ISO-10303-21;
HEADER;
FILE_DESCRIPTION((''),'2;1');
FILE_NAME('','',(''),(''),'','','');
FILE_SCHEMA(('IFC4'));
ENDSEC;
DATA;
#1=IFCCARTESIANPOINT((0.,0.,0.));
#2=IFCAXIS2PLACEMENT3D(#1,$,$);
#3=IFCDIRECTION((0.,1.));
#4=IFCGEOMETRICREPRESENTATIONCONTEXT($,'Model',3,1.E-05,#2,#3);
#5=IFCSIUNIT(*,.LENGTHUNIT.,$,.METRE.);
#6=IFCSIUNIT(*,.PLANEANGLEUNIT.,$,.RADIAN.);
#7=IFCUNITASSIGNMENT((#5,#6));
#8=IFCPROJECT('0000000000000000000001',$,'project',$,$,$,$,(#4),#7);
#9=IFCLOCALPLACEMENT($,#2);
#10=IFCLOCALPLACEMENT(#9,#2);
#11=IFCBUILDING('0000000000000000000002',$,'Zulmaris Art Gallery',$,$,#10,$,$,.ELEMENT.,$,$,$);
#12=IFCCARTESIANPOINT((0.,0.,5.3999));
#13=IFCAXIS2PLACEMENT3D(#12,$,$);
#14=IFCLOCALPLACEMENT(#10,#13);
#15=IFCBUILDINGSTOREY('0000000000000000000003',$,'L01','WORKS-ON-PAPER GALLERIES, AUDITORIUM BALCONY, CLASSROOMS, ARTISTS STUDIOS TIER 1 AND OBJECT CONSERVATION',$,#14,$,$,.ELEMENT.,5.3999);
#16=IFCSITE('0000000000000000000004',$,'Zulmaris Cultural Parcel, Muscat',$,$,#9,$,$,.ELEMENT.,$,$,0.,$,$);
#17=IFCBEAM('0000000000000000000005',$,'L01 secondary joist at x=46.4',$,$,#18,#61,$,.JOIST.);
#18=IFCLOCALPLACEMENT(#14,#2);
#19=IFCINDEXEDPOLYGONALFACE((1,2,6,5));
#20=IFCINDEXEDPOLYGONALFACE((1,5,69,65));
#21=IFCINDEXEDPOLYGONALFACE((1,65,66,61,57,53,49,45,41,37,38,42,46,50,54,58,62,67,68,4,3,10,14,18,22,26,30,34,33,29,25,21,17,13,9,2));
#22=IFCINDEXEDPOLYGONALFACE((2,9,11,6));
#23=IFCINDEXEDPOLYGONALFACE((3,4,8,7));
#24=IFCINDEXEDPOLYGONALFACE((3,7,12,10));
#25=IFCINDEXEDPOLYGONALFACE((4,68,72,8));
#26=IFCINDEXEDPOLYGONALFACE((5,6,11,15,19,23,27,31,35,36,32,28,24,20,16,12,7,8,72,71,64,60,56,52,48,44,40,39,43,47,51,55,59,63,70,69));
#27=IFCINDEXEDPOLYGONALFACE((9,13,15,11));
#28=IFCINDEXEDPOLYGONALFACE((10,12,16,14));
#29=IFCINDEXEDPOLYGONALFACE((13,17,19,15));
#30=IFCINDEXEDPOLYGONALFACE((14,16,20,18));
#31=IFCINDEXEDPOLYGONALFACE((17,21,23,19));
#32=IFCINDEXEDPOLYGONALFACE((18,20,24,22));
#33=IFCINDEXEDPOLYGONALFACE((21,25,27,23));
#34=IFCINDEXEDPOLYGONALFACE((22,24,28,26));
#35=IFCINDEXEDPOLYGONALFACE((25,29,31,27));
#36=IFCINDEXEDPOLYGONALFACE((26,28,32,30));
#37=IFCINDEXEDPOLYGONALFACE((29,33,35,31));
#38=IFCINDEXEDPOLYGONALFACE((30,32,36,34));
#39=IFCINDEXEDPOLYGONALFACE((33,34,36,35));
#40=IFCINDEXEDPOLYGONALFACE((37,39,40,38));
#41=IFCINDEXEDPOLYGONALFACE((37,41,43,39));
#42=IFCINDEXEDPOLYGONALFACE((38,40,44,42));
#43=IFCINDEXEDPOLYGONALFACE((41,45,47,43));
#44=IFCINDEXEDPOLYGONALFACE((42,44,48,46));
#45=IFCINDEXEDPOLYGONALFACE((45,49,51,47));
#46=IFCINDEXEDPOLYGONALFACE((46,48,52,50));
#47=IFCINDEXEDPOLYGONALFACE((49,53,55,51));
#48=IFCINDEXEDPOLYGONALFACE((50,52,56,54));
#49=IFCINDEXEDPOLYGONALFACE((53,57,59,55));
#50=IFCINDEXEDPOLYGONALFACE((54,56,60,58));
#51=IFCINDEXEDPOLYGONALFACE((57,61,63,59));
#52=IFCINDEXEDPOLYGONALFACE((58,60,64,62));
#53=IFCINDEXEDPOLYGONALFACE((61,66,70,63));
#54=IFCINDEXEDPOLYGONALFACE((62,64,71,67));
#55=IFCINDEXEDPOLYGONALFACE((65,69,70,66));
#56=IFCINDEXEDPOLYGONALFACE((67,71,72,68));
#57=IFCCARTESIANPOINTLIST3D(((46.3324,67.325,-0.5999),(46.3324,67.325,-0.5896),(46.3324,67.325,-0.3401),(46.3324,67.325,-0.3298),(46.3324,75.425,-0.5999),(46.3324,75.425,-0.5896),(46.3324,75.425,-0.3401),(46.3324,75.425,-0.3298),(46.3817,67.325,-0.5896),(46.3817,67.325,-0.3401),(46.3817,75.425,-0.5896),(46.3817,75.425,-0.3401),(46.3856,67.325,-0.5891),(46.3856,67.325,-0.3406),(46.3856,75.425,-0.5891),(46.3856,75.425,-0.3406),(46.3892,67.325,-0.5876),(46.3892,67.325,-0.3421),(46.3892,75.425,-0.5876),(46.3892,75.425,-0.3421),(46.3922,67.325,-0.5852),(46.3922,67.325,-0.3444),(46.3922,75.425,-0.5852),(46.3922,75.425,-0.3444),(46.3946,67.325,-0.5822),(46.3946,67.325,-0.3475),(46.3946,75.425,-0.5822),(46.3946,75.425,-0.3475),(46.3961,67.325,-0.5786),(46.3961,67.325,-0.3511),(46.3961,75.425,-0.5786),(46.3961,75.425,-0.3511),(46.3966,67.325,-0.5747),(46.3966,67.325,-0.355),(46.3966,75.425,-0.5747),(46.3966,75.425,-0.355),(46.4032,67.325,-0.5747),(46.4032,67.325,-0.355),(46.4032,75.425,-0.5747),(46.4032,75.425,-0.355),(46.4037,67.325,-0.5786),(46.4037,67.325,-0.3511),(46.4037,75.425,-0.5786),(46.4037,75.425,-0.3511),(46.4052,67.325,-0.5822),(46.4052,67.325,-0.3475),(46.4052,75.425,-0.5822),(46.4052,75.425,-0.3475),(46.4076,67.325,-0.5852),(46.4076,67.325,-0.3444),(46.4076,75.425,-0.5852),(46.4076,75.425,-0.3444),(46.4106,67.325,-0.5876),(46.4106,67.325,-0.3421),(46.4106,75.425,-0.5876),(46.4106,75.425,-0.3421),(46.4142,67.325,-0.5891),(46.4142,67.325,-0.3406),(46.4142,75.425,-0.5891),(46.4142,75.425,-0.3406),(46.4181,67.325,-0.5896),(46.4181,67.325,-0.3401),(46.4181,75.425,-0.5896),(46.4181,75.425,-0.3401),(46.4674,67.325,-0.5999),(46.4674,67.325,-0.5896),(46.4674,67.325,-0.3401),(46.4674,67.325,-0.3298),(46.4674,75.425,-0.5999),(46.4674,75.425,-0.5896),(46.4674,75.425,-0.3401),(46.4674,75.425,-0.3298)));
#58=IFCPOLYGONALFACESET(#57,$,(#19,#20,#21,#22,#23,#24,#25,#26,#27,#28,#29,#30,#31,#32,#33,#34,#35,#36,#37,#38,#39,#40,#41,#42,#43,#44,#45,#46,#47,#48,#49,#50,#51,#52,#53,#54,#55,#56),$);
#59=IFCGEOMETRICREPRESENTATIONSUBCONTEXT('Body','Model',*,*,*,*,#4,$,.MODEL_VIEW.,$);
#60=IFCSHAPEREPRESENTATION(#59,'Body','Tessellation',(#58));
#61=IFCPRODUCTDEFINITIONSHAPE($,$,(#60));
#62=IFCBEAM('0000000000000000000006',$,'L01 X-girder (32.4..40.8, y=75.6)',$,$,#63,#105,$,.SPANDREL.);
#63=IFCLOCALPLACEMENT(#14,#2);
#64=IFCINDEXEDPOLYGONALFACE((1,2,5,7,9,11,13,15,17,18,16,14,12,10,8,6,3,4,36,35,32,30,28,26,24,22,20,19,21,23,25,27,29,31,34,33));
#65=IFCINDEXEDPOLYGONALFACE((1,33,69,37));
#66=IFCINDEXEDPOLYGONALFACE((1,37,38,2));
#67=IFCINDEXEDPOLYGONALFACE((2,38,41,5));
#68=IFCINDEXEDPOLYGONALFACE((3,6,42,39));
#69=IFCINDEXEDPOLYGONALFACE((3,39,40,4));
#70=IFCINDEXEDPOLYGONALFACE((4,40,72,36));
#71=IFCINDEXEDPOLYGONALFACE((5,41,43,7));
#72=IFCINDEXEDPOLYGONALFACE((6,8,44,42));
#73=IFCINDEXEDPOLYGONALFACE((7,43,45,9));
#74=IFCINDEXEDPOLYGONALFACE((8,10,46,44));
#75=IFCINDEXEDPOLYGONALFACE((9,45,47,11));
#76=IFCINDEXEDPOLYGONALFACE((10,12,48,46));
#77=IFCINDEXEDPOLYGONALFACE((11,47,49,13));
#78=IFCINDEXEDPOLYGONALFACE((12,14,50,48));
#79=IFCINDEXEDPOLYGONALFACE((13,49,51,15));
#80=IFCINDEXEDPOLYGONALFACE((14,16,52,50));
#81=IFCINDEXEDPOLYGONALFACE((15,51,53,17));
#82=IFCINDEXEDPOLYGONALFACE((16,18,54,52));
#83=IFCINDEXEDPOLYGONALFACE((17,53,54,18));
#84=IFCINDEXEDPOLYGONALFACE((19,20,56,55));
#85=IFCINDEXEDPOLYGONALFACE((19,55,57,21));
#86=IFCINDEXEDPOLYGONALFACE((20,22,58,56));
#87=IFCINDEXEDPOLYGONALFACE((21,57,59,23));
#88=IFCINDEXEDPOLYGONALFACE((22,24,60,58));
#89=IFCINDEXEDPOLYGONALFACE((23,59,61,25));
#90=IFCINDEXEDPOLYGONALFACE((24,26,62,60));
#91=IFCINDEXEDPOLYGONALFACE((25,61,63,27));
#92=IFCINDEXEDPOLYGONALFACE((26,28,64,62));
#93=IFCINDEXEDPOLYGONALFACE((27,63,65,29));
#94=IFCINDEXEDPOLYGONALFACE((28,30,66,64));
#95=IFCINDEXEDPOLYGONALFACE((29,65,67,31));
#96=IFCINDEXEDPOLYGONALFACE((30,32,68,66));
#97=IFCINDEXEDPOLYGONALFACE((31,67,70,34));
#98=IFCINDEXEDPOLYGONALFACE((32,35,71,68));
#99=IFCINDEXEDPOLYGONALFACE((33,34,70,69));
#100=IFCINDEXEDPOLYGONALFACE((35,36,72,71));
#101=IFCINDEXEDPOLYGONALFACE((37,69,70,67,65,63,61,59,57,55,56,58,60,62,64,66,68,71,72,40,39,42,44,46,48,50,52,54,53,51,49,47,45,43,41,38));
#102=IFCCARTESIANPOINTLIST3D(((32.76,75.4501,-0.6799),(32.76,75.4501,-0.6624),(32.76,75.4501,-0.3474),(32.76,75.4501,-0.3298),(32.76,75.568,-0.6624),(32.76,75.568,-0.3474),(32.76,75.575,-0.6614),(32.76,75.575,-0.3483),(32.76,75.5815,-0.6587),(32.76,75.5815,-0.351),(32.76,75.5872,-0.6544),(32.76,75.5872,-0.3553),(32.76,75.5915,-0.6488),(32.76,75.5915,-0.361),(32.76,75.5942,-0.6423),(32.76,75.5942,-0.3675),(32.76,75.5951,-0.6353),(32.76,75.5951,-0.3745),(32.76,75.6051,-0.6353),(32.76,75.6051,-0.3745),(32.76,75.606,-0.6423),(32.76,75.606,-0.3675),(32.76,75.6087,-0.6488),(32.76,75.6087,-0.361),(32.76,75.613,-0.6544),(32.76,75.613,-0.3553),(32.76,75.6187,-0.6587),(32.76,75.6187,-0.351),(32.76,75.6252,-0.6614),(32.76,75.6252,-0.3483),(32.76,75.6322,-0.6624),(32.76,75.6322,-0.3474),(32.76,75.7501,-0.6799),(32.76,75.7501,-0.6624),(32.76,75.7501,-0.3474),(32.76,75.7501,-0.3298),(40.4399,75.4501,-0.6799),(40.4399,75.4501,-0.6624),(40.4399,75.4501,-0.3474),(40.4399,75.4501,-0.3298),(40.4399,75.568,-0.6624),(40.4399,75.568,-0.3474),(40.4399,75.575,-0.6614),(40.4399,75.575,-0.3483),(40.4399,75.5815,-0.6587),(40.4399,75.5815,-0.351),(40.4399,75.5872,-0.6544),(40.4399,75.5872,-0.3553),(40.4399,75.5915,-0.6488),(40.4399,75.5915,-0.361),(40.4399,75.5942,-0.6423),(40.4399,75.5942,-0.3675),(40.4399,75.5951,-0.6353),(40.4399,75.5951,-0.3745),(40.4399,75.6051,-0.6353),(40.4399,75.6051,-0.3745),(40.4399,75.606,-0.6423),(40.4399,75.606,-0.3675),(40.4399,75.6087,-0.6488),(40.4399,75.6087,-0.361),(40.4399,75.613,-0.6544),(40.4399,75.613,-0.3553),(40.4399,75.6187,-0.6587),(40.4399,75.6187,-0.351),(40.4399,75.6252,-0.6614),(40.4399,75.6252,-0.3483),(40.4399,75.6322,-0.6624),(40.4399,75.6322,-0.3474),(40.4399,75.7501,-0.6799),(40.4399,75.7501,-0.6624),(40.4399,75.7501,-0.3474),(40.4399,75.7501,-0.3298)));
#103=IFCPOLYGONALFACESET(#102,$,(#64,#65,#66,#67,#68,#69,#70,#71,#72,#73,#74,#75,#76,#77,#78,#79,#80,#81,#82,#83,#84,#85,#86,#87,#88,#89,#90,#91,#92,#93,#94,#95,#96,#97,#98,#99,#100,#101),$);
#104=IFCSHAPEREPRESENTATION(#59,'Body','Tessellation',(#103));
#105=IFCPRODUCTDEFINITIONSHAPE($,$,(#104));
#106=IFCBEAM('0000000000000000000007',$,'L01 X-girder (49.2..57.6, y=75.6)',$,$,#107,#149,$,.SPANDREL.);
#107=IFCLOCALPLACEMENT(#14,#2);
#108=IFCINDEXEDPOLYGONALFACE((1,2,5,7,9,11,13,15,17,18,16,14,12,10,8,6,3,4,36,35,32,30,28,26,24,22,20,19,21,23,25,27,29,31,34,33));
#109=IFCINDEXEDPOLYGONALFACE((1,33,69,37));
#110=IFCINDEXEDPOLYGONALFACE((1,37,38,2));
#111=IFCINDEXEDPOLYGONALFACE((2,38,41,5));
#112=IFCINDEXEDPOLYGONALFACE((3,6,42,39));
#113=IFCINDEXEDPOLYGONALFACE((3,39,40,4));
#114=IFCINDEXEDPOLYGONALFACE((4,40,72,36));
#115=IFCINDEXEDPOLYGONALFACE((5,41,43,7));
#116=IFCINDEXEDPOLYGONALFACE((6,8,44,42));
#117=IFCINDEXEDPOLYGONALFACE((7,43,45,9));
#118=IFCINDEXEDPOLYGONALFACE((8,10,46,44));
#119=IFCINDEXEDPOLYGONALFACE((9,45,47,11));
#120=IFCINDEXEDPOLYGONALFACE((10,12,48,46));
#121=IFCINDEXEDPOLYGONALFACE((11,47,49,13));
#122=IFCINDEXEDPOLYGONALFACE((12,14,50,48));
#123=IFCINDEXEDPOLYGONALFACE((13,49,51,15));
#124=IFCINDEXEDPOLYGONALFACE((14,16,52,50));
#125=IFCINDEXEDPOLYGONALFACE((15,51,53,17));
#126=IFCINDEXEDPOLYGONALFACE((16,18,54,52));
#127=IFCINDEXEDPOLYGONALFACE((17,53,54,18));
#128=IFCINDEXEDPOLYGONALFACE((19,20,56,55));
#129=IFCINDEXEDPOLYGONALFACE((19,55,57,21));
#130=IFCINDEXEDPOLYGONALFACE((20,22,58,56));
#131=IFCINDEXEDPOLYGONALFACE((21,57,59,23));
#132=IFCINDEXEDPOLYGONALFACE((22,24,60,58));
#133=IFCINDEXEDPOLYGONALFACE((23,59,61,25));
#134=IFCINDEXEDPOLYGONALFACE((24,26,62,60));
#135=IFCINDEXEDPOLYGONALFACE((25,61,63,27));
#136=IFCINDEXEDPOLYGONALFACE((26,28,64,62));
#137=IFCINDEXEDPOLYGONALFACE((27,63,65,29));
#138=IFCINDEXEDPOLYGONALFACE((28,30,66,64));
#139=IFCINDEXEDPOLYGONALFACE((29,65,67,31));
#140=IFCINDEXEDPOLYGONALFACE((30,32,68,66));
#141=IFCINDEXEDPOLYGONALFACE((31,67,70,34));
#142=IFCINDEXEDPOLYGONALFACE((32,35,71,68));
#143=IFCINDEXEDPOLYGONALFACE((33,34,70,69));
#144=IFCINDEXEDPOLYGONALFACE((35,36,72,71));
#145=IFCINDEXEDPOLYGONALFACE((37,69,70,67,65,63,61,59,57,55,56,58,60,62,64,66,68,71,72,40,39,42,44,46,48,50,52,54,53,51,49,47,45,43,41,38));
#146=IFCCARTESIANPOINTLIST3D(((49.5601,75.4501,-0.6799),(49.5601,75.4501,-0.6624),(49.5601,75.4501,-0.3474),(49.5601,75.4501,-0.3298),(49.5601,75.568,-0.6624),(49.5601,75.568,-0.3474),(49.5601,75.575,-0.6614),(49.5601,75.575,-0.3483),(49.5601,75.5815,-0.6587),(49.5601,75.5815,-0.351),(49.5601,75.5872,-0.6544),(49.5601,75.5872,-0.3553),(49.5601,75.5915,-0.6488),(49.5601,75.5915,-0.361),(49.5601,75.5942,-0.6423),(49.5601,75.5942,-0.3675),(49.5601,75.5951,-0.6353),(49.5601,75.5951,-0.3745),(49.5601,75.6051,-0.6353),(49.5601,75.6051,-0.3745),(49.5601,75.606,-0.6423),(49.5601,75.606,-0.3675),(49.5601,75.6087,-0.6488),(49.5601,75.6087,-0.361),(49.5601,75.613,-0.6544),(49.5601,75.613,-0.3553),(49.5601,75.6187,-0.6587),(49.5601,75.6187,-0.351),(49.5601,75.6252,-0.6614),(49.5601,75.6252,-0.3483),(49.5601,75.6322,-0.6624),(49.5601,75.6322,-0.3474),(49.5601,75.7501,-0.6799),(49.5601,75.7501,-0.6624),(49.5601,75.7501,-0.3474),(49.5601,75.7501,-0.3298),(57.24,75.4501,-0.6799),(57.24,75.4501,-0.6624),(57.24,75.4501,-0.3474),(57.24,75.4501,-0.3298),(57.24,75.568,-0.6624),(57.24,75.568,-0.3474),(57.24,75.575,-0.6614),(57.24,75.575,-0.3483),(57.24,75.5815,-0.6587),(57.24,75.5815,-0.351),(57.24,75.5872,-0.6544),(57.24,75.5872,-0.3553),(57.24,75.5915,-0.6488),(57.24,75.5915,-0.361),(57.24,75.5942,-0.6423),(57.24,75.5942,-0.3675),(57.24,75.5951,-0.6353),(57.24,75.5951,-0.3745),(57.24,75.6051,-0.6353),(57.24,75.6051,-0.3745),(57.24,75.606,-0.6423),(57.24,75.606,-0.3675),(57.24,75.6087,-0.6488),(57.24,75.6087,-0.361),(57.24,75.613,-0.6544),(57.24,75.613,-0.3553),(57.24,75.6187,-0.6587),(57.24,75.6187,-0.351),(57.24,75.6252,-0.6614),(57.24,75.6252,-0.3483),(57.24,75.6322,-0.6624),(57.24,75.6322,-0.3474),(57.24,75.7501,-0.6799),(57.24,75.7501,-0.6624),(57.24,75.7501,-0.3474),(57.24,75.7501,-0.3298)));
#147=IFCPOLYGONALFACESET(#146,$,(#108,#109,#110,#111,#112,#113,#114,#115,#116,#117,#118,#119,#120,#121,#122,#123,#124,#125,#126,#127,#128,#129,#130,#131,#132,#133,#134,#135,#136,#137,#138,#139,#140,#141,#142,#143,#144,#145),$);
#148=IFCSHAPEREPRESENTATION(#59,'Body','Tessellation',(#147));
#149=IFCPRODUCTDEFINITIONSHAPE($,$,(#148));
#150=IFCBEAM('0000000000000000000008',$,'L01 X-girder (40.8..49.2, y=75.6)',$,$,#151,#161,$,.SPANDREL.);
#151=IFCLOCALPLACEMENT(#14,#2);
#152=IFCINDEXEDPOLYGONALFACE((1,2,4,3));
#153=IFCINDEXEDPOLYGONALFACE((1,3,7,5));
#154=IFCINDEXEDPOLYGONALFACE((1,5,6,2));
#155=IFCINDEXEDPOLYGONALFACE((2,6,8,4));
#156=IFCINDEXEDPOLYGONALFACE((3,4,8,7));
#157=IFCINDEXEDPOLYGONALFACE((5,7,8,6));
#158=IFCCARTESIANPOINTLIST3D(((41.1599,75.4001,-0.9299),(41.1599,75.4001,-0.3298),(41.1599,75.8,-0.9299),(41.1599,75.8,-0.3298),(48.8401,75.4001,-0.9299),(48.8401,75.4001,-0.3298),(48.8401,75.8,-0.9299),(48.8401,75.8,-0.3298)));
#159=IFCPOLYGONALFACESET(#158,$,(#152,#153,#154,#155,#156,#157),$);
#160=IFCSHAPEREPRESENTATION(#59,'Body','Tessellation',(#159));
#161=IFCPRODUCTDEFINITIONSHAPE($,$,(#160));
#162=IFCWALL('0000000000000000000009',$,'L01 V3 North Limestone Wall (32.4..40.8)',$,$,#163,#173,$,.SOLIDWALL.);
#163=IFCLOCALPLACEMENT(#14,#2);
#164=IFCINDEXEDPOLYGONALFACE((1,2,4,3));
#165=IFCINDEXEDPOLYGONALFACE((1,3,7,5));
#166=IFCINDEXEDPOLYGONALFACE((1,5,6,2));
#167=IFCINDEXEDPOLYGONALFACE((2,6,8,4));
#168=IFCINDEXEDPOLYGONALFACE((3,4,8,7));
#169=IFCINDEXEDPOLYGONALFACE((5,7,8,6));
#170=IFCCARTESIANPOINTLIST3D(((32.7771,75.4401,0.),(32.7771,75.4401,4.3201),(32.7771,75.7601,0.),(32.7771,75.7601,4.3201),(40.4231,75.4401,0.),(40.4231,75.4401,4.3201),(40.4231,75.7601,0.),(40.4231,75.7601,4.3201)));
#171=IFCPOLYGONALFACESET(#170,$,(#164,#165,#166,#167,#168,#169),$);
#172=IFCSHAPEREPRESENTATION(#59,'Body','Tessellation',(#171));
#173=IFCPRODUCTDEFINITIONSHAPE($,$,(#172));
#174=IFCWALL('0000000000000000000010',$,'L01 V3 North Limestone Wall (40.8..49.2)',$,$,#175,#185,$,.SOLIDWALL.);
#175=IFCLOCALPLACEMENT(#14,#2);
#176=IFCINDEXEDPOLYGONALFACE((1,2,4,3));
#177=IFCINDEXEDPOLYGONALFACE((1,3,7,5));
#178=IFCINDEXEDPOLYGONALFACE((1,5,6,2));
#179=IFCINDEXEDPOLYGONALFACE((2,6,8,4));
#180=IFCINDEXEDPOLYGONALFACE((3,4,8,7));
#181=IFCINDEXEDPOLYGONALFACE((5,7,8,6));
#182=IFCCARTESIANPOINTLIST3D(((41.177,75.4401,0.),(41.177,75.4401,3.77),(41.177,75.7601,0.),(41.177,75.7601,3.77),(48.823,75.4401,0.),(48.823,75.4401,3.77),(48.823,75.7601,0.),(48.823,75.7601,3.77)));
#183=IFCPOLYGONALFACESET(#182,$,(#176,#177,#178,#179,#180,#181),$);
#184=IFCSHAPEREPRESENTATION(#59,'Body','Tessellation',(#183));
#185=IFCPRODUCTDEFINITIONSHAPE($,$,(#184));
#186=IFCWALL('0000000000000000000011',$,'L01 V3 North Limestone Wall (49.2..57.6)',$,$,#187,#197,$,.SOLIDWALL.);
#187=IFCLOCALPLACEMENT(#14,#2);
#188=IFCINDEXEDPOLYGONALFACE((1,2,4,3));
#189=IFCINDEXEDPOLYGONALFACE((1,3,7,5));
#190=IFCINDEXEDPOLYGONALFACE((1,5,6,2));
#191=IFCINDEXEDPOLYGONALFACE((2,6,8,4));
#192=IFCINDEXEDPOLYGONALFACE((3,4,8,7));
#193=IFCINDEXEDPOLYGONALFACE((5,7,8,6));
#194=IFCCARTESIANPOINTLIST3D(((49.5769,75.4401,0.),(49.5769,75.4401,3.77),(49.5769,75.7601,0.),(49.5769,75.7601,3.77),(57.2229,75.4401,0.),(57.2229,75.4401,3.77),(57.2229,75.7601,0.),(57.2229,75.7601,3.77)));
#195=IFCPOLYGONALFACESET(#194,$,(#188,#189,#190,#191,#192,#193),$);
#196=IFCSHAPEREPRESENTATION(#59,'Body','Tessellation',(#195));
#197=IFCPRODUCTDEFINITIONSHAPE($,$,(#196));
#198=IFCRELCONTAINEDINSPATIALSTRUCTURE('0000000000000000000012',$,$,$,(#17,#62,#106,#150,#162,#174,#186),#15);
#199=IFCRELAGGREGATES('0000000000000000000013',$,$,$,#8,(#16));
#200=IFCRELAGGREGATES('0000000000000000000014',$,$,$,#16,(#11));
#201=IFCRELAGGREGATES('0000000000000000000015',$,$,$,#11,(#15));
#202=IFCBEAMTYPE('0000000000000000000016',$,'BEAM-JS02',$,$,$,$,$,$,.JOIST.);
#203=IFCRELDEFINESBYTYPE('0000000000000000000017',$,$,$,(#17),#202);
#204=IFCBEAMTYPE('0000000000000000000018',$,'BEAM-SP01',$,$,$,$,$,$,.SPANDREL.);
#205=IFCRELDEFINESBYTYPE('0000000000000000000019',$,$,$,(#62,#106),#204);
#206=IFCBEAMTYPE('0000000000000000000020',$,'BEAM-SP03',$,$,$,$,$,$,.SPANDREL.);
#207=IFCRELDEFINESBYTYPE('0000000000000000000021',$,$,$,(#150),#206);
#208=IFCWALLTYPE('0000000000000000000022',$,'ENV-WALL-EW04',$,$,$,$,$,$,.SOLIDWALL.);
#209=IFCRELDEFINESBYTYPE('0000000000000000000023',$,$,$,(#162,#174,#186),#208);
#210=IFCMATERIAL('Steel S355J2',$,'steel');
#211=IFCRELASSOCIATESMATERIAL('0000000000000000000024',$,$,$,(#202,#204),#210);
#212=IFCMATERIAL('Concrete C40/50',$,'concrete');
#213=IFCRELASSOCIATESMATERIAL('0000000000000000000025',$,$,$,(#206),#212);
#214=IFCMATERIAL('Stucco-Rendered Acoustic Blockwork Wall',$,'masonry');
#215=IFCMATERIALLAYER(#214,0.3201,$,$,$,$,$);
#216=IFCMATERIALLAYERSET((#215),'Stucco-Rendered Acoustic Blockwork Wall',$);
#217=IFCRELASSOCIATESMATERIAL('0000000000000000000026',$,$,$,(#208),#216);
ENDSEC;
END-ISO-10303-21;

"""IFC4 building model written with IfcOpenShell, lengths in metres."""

from ifc_helpers import new_model, si_unit, direction, frame, frame_2d, origin, origin_2d, place, context, subcontext, project, spatial, rectangle, i_section, extrude, material, layer, layer_set, material_profile, profile_set, type_object, element, save


model = new_model("IFC4")

# Units and contexts
model_context = context("Model", 3, precision=1e-05, world=origin(), true_north=direction((0.0, 1.0)))
body_context = subcontext(model_context, "Body", "Model", "MODEL_VIEW")
ifc_project = project(units=[si_unit("LENGTHUNIT", "METRE"), si_unit("PLANEANGLEUNIT", "RADIAN")], contexts=[model_context])

# Site, building, storey
site_placement = place(None, origin())
site = spatial("IfcSite", under=ifc_project, at=site_placement, Name="Zulmaris Cultural Parcel, Muscat", CompositionType="ELEMENT", RefElevation=0.0)
building_placement = place(site_placement, origin())
building = spatial("IfcBuilding", under=site, at=building_placement, Name="Zulmaris Art Gallery", CompositionType="ELEMENT")
storey_placement = place(building_placement, frame((0.0, 0.0, 5.3999)))
storey = spatial("IfcBuildingStorey", under=building, at=storey_placement, Name="L01", Description="WORKS-ON-PAPER GALLERIES, AUDITORIUM BALCONY, CLASSROOMS, ARTISTS STUDIOS TIER 1 AND OBJECT CONSERVATION", CompositionType="ELEMENT", Elevation=5.3999)

# Shared definitions
ifc_material_1 = material(Name="Concrete C40/50", Category="concrete")

# Beams
ifc_material_2 = material(Name="Steel S355J2", Category="steel")
ifc_material_profile_1 = material_profile(ifc_material_2, i_section(OverallWidth=0.135, OverallDepth=0.27, WebThickness=0.0066, FlangeThickness=0.0103, FilletRadius=0.0149, at=origin_2d()), Name="IPE 270")
ifc_profile_set_1 = profile_set([ifc_material_profile_1], Name="Steel S355J2")
beam_type_1 = type_object("IfcBeamType", Name="BEAM-JS02", PredefinedType="JOIST", material=ifc_profile_set_1)
beam_1_placement = place(storey_placement, frame((46.3999, 67.325, -0.4648), z_axis=(0.0, 1.0, 0.0), x_axis=(-1.0, 0.0, 0.0)))
element("IfcBeam", 1, at=beam_1_placement, inside=storey, type_object=beam_type_1, Name="L01 secondary joist at x=46.4", PredefinedType="JOIST", context=body_context, shape_type="SweptSolid", body=[
    extrude(i_section(OverallWidth=0.135, OverallDepth=0.27, WebThickness=0.0066, FlangeThickness=0.0103, FilletRadius=0.0149, at=origin_2d()), origin(), (0.0, 0.0, 1.0), 8.1001),
])
ifc_material_profile_2 = material_profile(ifc_material_2, i_section(OverallWidth=0.3, OverallDepth=0.3501, WebThickness=0.01, FlangeThickness=0.0176, FilletRadius=0.0271, at=origin_2d()), Name="HEA 360")
ifc_profile_set_2 = profile_set([ifc_material_profile_2], Name="Steel S355J2")
beam_type_2 = type_object("IfcBeamType", Name="BEAM-SP01", PredefinedType="SPANDREL", material=ifc_profile_set_2)
for number, where, z_axis, x_axis, name in (
    (2, (32.76, 75.6001, -0.5049), (1.0, 0.0, 0.0), (0.0, 1.0, 0.0), "L01 X-girder (32.4..40.8, y=75.6)"),
    (3, (49.5601, 75.6001, -0.5049), (1.0, 0.0, 0.0), (0.0, 1.0, 0.0), "L01 X-girder (49.2..57.6, y=75.6)"),
):
    element("IfcBeam", number, at=place(storey_placement, frame(where, z_axis=z_axis, x_axis=x_axis)), inside=storey, type_object=beam_type_2, Name=name, PredefinedType="SPANDREL", context=body_context, shape_type="SweptSolid", body=[
        extrude(i_section(OverallWidth=0.3, OverallDepth=0.3501, WebThickness=0.01, FlangeThickness=0.0176, FilletRadius=0.0271, at=origin_2d()), origin(), (0.0, 0.0, 1.0), 7.6799),
    ])
ifc_material_profile_3 = material_profile(ifc_material_1, rectangle(XDim=0.3999, YDim=0.6001, at=origin_2d()), Name="RC 400x600")
ifc_profile_set_3 = profile_set([ifc_material_profile_3], Name="Concrete C40/50")
beam_type_3 = type_object("IfcBeamType", Name="BEAM-SP03", PredefinedType="SPANDREL", material=ifc_profile_set_3)
beam_2_placement = place(storey_placement, frame((41.1599, 75.6001, -0.6299), z_axis=(1.0, 0.0, 0.0), x_axis=(0.0, 1.0, 0.0)))
element("IfcBeam", 4, at=beam_2_placement, inside=storey, type_object=beam_type_3, Name="L01 X-girder (40.8..49.2, y=75.6)", PredefinedType="SPANDREL", context=body_context, shape_type="SweptSolid", body=[
    extrude(rectangle(XDim=0.3999, YDim=0.6001, at=origin_2d()), origin(), (0.0, 0.0, 1.0), 7.6802),
])

# Walls
ifc_material_3 = material(Name="Stucco-Rendered Acoustic Blockwork Wall", Category="masonry")
ifc_layer_1 = layer(ifc_material_3, 0.3201)
ifc_layer_set_1 = layer_set([ifc_layer_1], Name="Stucco-Rendered Acoustic Blockwork Wall")
wall_type_1 = type_object("IfcWallType", Name="ENV-WALL-EW04", PredefinedType="SOLIDWALL", material=ifc_layer_set_1)
wall_1_placement = place(storey_placement, frame((32.7771, 75.6001, 0.0), z_axis=(0.0, 0.0, 1.0), x_axis=(1.0, 0.0, 0.0)))
element("IfcWall", 5, at=wall_1_placement, inside=storey, type_object=wall_type_1, Name="L01 V3 North Limestone Wall (32.4..40.8)", PredefinedType="SOLIDWALL", context=body_context, shape_type="SweptSolid", body=[
    extrude(rectangle(XDim=7.646, YDim=0.3201, at=frame_2d((3.823, 0.0))), origin(), (0.0, 0.0, 1.0), 4.3201),
])
for number, where, z_axis, x_axis, name in (
    (6, (41.177, 75.6001, 0.0), (0.0, 0.0, 1.0), (1.0, 0.0, 0.0), "L01 V3 North Limestone Wall (40.8..49.2)"),
    (7, (49.5769, 75.6001, 0.0), (0.0, 0.0, 1.0), (1.0, 0.0, 0.0), "L01 V3 North Limestone Wall (49.2..57.6)"),
):
    element("IfcWall", number, at=place(storey_placement, frame(where, z_axis=z_axis, x_axis=x_axis)), inside=storey, type_object=wall_type_1, Name=name, PredefinedType="SOLIDWALL", context=body_context, shape_type="SweptSolid", body=[
        extrude(rectangle(XDim=7.646, YDim=0.3201, at=frame_2d((3.823, 0.0))), origin(), (0.0, 0.0, 1.0), 3.77),
    ])

save(model, "model.ifc")
